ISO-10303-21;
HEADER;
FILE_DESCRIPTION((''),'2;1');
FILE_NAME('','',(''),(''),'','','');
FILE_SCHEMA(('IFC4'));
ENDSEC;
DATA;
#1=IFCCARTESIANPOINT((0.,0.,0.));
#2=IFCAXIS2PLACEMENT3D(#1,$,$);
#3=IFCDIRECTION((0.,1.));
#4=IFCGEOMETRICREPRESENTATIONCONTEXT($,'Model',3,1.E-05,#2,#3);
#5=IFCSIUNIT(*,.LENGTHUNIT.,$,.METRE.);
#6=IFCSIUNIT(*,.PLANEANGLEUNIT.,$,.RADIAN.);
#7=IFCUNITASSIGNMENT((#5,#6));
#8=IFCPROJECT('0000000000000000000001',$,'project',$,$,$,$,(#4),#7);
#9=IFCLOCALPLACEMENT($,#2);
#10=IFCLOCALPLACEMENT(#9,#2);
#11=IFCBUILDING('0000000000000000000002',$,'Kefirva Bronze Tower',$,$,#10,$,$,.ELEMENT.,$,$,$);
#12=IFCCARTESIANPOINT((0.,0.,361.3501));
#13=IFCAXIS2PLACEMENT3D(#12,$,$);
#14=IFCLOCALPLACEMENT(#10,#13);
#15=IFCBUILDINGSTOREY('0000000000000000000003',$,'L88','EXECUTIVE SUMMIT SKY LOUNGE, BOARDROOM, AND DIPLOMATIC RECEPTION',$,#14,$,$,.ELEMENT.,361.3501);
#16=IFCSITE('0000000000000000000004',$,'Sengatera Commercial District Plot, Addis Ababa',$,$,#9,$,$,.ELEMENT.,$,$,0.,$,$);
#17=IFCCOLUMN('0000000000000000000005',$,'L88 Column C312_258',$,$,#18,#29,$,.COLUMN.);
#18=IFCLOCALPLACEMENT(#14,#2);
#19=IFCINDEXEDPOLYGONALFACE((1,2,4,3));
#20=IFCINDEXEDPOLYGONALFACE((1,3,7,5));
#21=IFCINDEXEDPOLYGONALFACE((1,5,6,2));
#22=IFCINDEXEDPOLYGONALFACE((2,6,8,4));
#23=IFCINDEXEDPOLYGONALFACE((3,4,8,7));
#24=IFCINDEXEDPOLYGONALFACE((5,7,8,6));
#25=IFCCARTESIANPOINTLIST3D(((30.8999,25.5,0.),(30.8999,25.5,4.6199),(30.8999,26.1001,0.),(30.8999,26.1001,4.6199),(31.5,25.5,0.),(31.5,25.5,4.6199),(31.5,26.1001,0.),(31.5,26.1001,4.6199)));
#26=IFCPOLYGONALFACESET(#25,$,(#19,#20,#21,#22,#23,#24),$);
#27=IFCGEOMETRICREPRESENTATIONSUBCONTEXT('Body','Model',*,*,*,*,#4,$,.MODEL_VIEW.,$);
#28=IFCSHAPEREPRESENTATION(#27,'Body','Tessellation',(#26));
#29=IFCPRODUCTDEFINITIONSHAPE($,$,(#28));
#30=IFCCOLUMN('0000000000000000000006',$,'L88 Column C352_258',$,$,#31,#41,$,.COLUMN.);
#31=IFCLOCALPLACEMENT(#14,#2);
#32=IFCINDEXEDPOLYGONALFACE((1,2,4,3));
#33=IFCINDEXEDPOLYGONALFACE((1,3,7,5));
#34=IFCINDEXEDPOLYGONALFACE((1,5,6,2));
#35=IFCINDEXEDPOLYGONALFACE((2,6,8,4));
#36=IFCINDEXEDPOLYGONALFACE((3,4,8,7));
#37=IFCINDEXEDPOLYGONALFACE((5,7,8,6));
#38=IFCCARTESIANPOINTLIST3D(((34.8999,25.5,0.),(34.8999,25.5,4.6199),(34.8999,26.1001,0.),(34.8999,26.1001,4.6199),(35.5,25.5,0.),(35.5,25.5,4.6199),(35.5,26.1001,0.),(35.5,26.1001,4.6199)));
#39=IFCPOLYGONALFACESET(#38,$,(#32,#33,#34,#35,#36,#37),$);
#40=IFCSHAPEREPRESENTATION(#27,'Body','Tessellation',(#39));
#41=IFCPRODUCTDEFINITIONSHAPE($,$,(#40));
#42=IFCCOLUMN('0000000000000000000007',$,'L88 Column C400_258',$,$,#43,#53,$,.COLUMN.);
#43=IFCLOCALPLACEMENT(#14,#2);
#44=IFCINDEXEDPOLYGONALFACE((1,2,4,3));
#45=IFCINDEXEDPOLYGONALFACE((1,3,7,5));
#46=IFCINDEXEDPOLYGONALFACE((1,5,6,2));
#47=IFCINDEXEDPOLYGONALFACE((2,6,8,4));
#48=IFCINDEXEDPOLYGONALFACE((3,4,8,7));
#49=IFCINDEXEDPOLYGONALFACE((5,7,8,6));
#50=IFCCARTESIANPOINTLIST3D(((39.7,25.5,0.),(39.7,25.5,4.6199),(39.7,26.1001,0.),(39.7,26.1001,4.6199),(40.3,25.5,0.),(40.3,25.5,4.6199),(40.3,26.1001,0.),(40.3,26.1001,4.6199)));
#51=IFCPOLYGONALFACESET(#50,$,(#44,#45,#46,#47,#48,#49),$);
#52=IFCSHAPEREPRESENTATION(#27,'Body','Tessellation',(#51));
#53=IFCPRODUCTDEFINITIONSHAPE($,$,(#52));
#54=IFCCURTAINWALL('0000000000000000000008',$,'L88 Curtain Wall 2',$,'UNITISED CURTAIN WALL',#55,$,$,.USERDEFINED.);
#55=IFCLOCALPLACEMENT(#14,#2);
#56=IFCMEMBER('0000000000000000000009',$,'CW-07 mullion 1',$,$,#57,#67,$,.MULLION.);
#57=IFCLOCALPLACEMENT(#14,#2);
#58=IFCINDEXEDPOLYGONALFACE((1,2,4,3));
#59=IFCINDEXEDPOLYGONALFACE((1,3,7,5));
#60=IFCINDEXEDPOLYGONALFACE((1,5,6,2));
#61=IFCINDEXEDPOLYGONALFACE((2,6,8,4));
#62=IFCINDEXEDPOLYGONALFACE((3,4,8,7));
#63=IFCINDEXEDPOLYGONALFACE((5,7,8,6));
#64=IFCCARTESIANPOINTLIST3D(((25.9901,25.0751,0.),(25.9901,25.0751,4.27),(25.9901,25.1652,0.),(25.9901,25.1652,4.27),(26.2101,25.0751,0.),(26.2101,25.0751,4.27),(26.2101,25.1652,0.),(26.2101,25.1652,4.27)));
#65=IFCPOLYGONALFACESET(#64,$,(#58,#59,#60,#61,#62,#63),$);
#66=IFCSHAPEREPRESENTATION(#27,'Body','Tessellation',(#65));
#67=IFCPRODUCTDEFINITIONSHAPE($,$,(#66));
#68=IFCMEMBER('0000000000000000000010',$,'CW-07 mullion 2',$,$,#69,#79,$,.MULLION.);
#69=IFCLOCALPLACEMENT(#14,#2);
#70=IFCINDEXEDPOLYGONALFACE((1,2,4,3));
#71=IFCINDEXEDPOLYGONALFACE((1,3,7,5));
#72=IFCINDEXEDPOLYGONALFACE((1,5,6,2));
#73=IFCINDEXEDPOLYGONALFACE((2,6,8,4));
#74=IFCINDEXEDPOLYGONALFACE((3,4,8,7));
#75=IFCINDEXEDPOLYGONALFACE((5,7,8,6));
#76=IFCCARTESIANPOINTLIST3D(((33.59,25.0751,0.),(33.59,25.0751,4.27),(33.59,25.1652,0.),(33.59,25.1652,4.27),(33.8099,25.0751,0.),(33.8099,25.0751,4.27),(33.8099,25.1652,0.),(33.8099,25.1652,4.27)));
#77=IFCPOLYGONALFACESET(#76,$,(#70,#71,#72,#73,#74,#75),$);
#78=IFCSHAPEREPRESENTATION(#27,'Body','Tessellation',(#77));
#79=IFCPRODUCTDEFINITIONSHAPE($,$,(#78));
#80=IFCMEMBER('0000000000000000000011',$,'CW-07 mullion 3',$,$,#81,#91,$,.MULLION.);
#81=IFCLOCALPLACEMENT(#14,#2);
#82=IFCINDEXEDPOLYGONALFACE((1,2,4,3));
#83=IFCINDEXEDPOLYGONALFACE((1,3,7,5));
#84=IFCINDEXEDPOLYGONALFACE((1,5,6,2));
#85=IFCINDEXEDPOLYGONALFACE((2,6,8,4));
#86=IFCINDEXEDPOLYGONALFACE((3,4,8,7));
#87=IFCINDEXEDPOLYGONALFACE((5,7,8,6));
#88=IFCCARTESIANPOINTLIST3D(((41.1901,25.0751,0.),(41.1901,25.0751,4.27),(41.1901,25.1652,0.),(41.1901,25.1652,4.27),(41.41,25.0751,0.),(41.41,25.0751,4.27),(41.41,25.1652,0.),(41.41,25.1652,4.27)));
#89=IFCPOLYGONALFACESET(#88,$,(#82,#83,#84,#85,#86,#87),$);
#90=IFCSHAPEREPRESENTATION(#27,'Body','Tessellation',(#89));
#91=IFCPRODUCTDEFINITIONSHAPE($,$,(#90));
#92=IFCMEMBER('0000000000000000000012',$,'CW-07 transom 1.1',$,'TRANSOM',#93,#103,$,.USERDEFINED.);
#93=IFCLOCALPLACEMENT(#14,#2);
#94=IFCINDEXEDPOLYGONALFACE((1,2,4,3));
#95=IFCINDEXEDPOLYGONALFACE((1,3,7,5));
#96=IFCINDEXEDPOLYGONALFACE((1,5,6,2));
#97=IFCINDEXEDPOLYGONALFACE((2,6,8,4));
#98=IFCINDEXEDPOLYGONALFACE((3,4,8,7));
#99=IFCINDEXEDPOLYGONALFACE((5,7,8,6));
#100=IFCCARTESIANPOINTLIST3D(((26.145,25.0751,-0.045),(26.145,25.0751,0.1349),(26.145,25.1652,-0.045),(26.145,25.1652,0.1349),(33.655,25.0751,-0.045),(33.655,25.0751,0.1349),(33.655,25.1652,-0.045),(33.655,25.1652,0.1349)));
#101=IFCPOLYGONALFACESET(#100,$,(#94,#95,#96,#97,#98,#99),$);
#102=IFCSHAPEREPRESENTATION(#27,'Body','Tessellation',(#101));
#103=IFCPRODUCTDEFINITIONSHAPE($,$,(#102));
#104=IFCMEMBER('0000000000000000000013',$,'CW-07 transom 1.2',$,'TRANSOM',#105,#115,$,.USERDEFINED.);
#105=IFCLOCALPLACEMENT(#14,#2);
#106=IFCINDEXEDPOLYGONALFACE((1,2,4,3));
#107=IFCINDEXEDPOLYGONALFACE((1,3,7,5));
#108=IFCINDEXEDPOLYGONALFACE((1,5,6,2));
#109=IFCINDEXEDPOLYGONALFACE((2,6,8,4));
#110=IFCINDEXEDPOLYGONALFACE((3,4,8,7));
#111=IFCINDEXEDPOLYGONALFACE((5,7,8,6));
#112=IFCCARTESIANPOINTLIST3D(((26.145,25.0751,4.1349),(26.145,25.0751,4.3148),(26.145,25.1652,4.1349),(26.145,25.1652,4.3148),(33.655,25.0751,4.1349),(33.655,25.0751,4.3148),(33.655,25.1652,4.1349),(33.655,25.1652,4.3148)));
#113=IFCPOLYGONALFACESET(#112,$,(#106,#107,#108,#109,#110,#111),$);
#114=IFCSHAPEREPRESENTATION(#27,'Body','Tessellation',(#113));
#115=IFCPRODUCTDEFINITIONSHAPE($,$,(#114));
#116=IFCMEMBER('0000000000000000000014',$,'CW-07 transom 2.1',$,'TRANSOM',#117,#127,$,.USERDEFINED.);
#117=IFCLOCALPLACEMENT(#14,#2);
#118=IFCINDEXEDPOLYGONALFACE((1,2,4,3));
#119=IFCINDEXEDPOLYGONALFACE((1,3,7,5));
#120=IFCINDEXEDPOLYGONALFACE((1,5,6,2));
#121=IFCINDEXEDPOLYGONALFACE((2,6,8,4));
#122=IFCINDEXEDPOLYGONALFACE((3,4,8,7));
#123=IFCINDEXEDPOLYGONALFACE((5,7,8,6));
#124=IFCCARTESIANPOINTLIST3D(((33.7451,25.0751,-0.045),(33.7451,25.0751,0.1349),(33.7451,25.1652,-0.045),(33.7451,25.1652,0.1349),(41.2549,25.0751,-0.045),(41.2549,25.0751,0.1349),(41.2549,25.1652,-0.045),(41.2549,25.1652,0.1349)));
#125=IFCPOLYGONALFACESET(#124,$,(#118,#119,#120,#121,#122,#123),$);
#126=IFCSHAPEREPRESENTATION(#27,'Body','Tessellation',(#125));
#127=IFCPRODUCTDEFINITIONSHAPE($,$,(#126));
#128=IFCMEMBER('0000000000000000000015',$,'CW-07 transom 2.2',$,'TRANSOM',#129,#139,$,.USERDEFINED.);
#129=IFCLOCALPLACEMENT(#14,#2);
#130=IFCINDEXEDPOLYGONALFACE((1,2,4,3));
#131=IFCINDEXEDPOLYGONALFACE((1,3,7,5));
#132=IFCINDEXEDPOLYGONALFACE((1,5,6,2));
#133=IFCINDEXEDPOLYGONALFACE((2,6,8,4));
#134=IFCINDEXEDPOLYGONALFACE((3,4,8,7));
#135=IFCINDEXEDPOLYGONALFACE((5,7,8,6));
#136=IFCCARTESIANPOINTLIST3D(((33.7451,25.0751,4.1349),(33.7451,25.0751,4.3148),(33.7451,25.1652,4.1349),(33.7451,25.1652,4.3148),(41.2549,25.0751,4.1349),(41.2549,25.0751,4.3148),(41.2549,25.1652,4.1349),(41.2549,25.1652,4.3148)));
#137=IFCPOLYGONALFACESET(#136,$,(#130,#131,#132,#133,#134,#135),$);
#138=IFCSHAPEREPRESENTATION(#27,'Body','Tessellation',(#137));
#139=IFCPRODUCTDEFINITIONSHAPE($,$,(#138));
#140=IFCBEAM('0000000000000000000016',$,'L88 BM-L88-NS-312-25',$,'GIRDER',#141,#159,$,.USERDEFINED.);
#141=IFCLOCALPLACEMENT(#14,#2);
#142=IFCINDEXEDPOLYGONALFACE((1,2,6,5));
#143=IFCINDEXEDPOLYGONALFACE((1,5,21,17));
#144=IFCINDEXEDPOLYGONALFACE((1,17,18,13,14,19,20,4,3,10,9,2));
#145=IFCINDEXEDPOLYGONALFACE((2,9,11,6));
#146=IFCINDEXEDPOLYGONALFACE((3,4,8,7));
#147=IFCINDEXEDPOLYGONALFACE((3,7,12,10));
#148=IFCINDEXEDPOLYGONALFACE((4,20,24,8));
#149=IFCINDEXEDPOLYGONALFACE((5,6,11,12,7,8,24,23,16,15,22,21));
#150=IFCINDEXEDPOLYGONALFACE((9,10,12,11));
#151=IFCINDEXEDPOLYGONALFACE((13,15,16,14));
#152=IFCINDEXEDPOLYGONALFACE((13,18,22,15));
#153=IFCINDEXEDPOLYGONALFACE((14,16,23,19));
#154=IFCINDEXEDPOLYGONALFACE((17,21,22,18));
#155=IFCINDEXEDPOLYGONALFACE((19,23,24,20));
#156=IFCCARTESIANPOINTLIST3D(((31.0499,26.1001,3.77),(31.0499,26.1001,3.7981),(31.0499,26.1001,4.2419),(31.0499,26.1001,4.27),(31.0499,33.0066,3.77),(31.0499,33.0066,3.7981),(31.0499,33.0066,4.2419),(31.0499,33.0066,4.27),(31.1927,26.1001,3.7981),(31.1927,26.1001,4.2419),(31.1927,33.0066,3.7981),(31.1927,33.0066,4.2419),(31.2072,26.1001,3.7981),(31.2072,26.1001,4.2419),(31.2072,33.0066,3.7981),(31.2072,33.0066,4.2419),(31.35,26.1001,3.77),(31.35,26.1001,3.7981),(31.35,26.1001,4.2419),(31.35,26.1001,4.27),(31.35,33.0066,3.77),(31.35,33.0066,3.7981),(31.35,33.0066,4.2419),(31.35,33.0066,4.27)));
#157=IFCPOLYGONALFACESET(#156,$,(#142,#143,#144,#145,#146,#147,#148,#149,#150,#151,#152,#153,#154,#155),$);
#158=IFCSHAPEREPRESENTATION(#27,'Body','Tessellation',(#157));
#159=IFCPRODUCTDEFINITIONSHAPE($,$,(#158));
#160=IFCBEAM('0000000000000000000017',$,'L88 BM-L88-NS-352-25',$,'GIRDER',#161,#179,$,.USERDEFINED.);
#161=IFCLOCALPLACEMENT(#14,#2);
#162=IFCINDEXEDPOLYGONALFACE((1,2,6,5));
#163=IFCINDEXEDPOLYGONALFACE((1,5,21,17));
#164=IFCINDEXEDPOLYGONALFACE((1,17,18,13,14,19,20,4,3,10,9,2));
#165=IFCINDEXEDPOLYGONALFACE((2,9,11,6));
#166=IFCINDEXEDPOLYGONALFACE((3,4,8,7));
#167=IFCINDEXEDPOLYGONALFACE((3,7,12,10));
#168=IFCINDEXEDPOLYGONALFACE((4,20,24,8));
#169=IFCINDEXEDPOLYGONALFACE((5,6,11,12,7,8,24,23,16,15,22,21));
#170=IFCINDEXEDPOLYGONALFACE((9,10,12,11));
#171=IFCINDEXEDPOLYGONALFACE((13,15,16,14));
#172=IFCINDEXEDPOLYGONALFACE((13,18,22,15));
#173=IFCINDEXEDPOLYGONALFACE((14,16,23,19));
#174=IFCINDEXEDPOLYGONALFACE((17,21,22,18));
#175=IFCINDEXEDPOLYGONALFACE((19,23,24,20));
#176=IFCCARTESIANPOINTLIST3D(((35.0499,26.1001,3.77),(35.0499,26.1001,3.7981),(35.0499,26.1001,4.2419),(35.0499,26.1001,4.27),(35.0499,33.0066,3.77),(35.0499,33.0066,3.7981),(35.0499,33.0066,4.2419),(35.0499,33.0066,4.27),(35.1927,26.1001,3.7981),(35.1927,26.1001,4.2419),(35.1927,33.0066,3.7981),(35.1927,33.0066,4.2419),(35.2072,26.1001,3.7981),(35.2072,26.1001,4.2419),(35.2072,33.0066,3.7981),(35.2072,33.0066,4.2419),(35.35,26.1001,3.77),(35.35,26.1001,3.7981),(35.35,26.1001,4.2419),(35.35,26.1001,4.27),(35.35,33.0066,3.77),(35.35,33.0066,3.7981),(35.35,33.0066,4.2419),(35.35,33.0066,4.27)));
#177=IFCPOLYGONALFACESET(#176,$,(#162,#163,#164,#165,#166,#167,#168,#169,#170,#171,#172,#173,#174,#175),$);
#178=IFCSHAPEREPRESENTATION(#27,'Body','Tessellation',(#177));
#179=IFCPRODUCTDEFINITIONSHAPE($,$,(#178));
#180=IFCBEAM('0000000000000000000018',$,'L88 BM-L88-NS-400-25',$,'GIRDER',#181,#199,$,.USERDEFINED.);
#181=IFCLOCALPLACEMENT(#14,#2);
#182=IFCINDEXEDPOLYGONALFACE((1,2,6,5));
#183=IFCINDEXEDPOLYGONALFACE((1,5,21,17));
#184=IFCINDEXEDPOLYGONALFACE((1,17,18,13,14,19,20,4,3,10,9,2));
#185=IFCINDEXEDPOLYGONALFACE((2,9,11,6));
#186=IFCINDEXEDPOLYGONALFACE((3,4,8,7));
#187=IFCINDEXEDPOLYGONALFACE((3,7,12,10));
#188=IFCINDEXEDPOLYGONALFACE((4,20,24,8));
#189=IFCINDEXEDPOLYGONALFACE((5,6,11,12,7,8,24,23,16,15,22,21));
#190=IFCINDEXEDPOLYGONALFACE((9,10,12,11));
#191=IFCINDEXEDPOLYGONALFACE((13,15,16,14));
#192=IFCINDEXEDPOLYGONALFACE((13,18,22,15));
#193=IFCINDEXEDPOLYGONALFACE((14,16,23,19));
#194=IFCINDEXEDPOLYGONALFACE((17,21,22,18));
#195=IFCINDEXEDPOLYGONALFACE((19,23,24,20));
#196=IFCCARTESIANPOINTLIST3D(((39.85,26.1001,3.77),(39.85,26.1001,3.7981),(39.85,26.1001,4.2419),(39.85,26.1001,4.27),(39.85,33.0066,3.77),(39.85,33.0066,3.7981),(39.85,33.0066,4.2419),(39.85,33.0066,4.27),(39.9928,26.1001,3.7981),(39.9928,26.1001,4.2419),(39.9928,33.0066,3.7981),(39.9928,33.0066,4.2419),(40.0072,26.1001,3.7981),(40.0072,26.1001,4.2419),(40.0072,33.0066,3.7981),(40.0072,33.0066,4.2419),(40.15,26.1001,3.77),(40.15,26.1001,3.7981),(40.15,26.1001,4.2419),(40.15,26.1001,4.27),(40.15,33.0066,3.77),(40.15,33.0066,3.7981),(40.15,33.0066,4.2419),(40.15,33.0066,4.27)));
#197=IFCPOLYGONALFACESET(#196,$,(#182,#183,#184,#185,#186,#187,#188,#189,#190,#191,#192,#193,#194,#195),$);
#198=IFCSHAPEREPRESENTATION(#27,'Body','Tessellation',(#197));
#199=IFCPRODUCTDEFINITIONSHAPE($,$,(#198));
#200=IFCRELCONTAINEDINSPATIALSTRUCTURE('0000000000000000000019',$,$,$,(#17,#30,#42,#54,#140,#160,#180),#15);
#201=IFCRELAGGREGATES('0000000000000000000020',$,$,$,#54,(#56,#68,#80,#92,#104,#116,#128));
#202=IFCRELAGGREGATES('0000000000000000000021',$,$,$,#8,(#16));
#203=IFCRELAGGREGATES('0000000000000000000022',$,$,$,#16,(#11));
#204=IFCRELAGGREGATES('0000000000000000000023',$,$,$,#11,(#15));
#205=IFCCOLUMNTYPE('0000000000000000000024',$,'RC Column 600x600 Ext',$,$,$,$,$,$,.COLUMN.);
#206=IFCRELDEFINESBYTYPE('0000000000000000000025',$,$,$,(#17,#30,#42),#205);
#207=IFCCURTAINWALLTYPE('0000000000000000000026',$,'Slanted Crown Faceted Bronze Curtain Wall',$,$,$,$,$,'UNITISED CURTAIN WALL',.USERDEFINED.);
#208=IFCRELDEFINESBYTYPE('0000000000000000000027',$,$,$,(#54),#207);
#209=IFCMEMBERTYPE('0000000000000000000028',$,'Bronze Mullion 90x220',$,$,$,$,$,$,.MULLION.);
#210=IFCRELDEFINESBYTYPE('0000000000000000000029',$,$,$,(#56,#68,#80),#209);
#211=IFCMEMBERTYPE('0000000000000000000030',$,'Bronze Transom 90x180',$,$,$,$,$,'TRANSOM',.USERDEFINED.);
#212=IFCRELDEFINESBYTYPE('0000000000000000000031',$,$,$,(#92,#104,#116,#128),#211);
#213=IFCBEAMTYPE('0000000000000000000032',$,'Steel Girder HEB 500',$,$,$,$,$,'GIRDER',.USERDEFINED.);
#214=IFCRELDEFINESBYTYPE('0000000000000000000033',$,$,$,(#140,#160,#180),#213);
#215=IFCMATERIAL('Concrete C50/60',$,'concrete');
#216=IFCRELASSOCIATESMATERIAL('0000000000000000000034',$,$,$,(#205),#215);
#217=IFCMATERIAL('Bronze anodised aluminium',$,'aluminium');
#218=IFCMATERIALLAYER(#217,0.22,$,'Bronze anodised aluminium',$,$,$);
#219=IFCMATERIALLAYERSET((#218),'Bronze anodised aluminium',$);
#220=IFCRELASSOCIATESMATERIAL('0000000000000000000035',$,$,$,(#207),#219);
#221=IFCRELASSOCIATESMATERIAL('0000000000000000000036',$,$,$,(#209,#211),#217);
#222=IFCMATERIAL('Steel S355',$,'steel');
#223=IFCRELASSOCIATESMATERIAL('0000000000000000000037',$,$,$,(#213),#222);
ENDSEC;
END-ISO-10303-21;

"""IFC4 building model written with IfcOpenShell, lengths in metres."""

from ifc_helpers import new_model, si_unit, direction, frame, origin, origin_2d, place, context, subcontext, project, spatial, rectangle, i_section, extrude, material, layer, layer_set, material_profile, profile_set, type_object, element, aggregate, save


model = new_model("IFC4")

# Units and contexts
model_context = context("Model", 3, precision=1e-05, world=origin(), true_north=direction((0.0, 1.0)))
body_context = subcontext(model_context, "Body", "Model", "MODEL_VIEW")
ifc_project = project(units=[si_unit("LENGTHUNIT", "METRE"), si_unit("PLANEANGLEUNIT", "RADIAN")], contexts=[model_context])

# Site, building, storey
site_placement = place(None, origin())
site = spatial("IfcSite", under=ifc_project, at=site_placement, Name="Sengatera Commercial District Plot, Addis Ababa", CompositionType="ELEMENT", RefElevation=0.0)
building_placement = place(site_placement, origin())
building = spatial("IfcBuilding", under=site, at=building_placement, Name="Kefirva Bronze Tower", CompositionType="ELEMENT")
storey_placement = place(building_placement, frame((0.0, 0.0, 361.3501)))
storey = spatial("IfcBuildingStorey", under=building, at=storey_placement, Name="L88", Description="EXECUTIVE SUMMIT SKY LOUNGE, BOARDROOM, AND DIPLOMATIC RECEPTION", CompositionType="ELEMENT", Elevation=361.3501)

# Columns
ifc_material_1 = material(Name="Concrete C50/60", Category="concrete")
ifc_material_profile_1 = material_profile(ifc_material_1, rectangle(XDim=0.6001, YDim=0.6001, at=origin_2d()), Name="RC 600x600")
ifc_profile_set_1 = profile_set([ifc_material_profile_1], Name="Concrete C50/60")
column_type = type_object("IfcColumnType", Name="RC Column 600x600 Ext", PredefinedType="COLUMN", material=ifc_profile_set_1)
for number, where, z_axis, x_axis, name in (
    (1, (31.2, 25.8, 0.0), (0.0, 0.0, 1.0), (1.0, 0.0, 0.0), "L88 Column C312_258"),
    (2, (35.2, 25.8, 0.0), (0.0, 0.0, 1.0), (1.0, 0.0, 0.0), "L88 Column C352_258"),
    (3, (40.0, 25.8, 0.0), (0.0, 0.0, 1.0), (1.0, 0.0, 0.0), "L88 Column C400_258"),
):
    element("IfcColumn", number, at=place(storey_placement, frame(where, z_axis=z_axis, x_axis=x_axis)), inside=storey, type_object=column_type, Name=name, PredefinedType="COLUMN", context=body_context, shape_type="SweptSolid", body=[
        extrude(rectangle(XDim=0.6001, YDim=0.6001, at=origin_2d()), origin(), (0.0, 0.0, 1.0), 4.6199),
    ])

# Curtain wall, members
ifc_material_2 = material(Name="Bronze anodised aluminium", Category="aluminium")
ifc_layer_1 = layer(ifc_material_2, 0.22, Name="Bronze anodised aluminium")
ifc_layer_set_1 = layer_set([ifc_layer_1], Name="Bronze anodised aluminium")
curtain_wall_type = type_object("IfcCurtainWallType", Name="Slanted Crown Faceted Bronze Curtain Wall", ElementType="UNITISED CURTAIN WALL", PredefinedType="USERDEFINED", material=ifc_layer_set_1)
curtain_wall_placement = place(storey_placement, origin())
curtain_wall = element("IfcCurtainWall", 4, at=curtain_wall_placement, inside=storey, type_object=curtain_wall_type, Name="L88 Curtain Wall 2", ObjectType="UNITISED CURTAIN WALL", PredefinedType="USERDEFINED")
ifc_material_profile_2 = material_profile(ifc_material_2, rectangle(XDim=0.0901, YDim=0.22, at=origin_2d()), Name="ALU 90x220")
ifc_profile_set_2 = profile_set([ifc_material_profile_2], Name="Bronze anodised aluminium")
member_type_1 = type_object("IfcMemberType", Name="Bronze Mullion 90x220", PredefinedType="MULLION", material=ifc_profile_set_2)
member_1_placement = place(storey_placement, frame((26.1001, 25.1201, 0.0), z_axis=(0.0, 0.0, 1.0), x_axis=(0.0, 1.0, 0.0)))
member_1 = element("IfcMember", 5, at=member_1_placement, type_object=member_type_1, Name="CW-07 mullion 1", PredefinedType="MULLION", context=body_context, shape_type="SweptSolid", body=[
    extrude(rectangle(XDim=0.0901, YDim=0.22, at=origin_2d()), origin(), (0.0, 0.0, 1.0), 4.27),
])
member_2_placement = place(storey_placement, frame((33.7, 25.1201, 0.0), z_axis=(0.0, 0.0, 1.0), x_axis=(0.0, 1.0, 0.0)))
member_2 = element("IfcMember", 6, at=member_2_placement, type_object=member_type_1, Name="CW-07 mullion 2", PredefinedType="MULLION", context=body_context, shape_type="SweptSolid", body=[
    extrude(rectangle(XDim=0.0901, YDim=0.22, at=origin_2d()), origin(), (0.0, 0.0, 1.0), 4.27),
])
member_3_placement = place(storey_placement, frame((41.3, 25.1201, 0.0), z_axis=(0.0, 0.0, 1.0), x_axis=(0.0, 1.0, 0.0)))
member_3 = element("IfcMember", 7, at=member_3_placement, type_object=member_type_1, Name="CW-07 mullion 3", PredefinedType="MULLION", context=body_context, shape_type="SweptSolid", body=[
    extrude(rectangle(XDim=0.0901, YDim=0.22, at=origin_2d()), origin(), (0.0, 0.0, 1.0), 4.27),
])
ifc_material_profile_3 = material_profile(ifc_material_2, rectangle(XDim=0.0901, YDim=0.1799, at=origin_2d()), Name="ALU 90x180")
ifc_profile_set_3 = profile_set([ifc_material_profile_3], Name="Bronze anodised aluminium")
member_type_2 = type_object("IfcMemberType", Name="Bronze Transom 90x180", ElementType="TRANSOM", PredefinedType="USERDEFINED", material=ifc_profile_set_3)
member_4_placement = place(storey_placement, frame((26.145, 25.1201, 0.0449), z_axis=(1.0, 0.0, 0.0), x_axis=(0.0, 1.0, 0.0)))
member_4 = element("IfcMember", 8, at=member_4_placement, type_object=member_type_2, Name="CW-07 transom 1.1", ObjectType="TRANSOM", PredefinedType="USERDEFINED", context=body_context, shape_type="SweptSolid", body=[
    extrude(rectangle(XDim=0.0901, YDim=0.1799, at=origin_2d()), origin(), (0.0, 0.0, 1.0), 7.51),
])
member_5_placement = place(storey_placement, frame((26.145, 25.1201, 4.2249), z_axis=(1.0, 0.0, 0.0), x_axis=(0.0, 1.0, 0.0)))
member_5 = element("IfcMember", 9, at=member_5_placement, type_object=member_type_2, Name="CW-07 transom 1.2", ObjectType="TRANSOM", PredefinedType="USERDEFINED", context=body_context, shape_type="SweptSolid", body=[
    extrude(rectangle(XDim=0.0901, YDim=0.1799, at=origin_2d()), origin(), (0.0, 0.0, 1.0), 7.51),
])
member_6_placement = place(storey_placement, frame((33.7451, 25.1201, 0.0449), z_axis=(1.0, 0.0, 0.0), x_axis=(0.0, 1.0, 0.0)))
member_6 = element("IfcMember", 10, at=member_6_placement, type_object=member_type_2, Name="CW-07 transom 2.1", ObjectType="TRANSOM", PredefinedType="USERDEFINED", context=body_context, shape_type="SweptSolid", body=[
    extrude(rectangle(XDim=0.0901, YDim=0.1799, at=origin_2d()), origin(), (0.0, 0.0, 1.0), 7.5098),
])
member_7_placement = place(storey_placement, frame((33.7451, 25.1201, 4.2249), z_axis=(1.0, 0.0, 0.0), x_axis=(0.0, 1.0, 0.0)))
member_7 = element("IfcMember", 11, at=member_7_placement, type_object=member_type_2, Name="CW-07 transom 2.2", ObjectType="TRANSOM", PredefinedType="USERDEFINED", context=body_context, shape_type="SweptSolid", body=[
    extrude(rectangle(XDim=0.0901, YDim=0.1799, at=origin_2d()), origin(), (0.0, 0.0, 1.0), 7.5098),
])

# Beams
ifc_material_3 = material(Name="Steel S355", Category="steel")
ifc_material_profile_4 = material_profile(ifc_material_3, i_section(OverallWidth=0.3, OverallDepth=0.5, WebThickness=0.0144, FlangeThickness=0.0281, at=origin_2d()), Name="HEB 500")
ifc_profile_set_4 = profile_set([ifc_material_profile_4], Name="Steel S355")
beam_type_1 = type_object("IfcBeamType", Name="Steel Girder HEB 500", ElementType="GIRDER", PredefinedType="USERDEFINED", material=ifc_profile_set_4)
for number, where, z_axis, x_axis, name in (
    (12, (31.2, 26.1001, 4.02), (0.0, 1.0, 0.0), (-1.0, 0.0, 0.0), "L88 BM-L88-NS-312-25"),
    (13, (35.2, 26.1001, 4.02), (0.0, 1.0, 0.0), (-1.0, 0.0, 0.0), "L88 BM-L88-NS-352-25"),
    (14, (40.0, 26.1001, 4.02), (0.0, 1.0, 0.0), (-1.0, 0.0, 0.0), "L88 BM-L88-NS-400-25"),
):
    element("IfcBeam", number, at=place(storey_placement, frame(where, z_axis=z_axis, x_axis=x_axis)), inside=storey, type_object=beam_type_1, Name=name, ObjectType="GIRDER", PredefinedType="USERDEFINED", context=body_context, shape_type="SweptSolid", body=[
        extrude(i_section(OverallWidth=0.3, OverallDepth=0.5, WebThickness=0.0144, FlangeThickness=0.0281, at=origin_2d()), origin(), (0.0, 0.0, 1.0), 6.9065),
    ])

aggregate(curtain_wall, [member_1, member_2, member_3, member_4, member_5, member_6, member_7])

save(model, "model.ifc")
